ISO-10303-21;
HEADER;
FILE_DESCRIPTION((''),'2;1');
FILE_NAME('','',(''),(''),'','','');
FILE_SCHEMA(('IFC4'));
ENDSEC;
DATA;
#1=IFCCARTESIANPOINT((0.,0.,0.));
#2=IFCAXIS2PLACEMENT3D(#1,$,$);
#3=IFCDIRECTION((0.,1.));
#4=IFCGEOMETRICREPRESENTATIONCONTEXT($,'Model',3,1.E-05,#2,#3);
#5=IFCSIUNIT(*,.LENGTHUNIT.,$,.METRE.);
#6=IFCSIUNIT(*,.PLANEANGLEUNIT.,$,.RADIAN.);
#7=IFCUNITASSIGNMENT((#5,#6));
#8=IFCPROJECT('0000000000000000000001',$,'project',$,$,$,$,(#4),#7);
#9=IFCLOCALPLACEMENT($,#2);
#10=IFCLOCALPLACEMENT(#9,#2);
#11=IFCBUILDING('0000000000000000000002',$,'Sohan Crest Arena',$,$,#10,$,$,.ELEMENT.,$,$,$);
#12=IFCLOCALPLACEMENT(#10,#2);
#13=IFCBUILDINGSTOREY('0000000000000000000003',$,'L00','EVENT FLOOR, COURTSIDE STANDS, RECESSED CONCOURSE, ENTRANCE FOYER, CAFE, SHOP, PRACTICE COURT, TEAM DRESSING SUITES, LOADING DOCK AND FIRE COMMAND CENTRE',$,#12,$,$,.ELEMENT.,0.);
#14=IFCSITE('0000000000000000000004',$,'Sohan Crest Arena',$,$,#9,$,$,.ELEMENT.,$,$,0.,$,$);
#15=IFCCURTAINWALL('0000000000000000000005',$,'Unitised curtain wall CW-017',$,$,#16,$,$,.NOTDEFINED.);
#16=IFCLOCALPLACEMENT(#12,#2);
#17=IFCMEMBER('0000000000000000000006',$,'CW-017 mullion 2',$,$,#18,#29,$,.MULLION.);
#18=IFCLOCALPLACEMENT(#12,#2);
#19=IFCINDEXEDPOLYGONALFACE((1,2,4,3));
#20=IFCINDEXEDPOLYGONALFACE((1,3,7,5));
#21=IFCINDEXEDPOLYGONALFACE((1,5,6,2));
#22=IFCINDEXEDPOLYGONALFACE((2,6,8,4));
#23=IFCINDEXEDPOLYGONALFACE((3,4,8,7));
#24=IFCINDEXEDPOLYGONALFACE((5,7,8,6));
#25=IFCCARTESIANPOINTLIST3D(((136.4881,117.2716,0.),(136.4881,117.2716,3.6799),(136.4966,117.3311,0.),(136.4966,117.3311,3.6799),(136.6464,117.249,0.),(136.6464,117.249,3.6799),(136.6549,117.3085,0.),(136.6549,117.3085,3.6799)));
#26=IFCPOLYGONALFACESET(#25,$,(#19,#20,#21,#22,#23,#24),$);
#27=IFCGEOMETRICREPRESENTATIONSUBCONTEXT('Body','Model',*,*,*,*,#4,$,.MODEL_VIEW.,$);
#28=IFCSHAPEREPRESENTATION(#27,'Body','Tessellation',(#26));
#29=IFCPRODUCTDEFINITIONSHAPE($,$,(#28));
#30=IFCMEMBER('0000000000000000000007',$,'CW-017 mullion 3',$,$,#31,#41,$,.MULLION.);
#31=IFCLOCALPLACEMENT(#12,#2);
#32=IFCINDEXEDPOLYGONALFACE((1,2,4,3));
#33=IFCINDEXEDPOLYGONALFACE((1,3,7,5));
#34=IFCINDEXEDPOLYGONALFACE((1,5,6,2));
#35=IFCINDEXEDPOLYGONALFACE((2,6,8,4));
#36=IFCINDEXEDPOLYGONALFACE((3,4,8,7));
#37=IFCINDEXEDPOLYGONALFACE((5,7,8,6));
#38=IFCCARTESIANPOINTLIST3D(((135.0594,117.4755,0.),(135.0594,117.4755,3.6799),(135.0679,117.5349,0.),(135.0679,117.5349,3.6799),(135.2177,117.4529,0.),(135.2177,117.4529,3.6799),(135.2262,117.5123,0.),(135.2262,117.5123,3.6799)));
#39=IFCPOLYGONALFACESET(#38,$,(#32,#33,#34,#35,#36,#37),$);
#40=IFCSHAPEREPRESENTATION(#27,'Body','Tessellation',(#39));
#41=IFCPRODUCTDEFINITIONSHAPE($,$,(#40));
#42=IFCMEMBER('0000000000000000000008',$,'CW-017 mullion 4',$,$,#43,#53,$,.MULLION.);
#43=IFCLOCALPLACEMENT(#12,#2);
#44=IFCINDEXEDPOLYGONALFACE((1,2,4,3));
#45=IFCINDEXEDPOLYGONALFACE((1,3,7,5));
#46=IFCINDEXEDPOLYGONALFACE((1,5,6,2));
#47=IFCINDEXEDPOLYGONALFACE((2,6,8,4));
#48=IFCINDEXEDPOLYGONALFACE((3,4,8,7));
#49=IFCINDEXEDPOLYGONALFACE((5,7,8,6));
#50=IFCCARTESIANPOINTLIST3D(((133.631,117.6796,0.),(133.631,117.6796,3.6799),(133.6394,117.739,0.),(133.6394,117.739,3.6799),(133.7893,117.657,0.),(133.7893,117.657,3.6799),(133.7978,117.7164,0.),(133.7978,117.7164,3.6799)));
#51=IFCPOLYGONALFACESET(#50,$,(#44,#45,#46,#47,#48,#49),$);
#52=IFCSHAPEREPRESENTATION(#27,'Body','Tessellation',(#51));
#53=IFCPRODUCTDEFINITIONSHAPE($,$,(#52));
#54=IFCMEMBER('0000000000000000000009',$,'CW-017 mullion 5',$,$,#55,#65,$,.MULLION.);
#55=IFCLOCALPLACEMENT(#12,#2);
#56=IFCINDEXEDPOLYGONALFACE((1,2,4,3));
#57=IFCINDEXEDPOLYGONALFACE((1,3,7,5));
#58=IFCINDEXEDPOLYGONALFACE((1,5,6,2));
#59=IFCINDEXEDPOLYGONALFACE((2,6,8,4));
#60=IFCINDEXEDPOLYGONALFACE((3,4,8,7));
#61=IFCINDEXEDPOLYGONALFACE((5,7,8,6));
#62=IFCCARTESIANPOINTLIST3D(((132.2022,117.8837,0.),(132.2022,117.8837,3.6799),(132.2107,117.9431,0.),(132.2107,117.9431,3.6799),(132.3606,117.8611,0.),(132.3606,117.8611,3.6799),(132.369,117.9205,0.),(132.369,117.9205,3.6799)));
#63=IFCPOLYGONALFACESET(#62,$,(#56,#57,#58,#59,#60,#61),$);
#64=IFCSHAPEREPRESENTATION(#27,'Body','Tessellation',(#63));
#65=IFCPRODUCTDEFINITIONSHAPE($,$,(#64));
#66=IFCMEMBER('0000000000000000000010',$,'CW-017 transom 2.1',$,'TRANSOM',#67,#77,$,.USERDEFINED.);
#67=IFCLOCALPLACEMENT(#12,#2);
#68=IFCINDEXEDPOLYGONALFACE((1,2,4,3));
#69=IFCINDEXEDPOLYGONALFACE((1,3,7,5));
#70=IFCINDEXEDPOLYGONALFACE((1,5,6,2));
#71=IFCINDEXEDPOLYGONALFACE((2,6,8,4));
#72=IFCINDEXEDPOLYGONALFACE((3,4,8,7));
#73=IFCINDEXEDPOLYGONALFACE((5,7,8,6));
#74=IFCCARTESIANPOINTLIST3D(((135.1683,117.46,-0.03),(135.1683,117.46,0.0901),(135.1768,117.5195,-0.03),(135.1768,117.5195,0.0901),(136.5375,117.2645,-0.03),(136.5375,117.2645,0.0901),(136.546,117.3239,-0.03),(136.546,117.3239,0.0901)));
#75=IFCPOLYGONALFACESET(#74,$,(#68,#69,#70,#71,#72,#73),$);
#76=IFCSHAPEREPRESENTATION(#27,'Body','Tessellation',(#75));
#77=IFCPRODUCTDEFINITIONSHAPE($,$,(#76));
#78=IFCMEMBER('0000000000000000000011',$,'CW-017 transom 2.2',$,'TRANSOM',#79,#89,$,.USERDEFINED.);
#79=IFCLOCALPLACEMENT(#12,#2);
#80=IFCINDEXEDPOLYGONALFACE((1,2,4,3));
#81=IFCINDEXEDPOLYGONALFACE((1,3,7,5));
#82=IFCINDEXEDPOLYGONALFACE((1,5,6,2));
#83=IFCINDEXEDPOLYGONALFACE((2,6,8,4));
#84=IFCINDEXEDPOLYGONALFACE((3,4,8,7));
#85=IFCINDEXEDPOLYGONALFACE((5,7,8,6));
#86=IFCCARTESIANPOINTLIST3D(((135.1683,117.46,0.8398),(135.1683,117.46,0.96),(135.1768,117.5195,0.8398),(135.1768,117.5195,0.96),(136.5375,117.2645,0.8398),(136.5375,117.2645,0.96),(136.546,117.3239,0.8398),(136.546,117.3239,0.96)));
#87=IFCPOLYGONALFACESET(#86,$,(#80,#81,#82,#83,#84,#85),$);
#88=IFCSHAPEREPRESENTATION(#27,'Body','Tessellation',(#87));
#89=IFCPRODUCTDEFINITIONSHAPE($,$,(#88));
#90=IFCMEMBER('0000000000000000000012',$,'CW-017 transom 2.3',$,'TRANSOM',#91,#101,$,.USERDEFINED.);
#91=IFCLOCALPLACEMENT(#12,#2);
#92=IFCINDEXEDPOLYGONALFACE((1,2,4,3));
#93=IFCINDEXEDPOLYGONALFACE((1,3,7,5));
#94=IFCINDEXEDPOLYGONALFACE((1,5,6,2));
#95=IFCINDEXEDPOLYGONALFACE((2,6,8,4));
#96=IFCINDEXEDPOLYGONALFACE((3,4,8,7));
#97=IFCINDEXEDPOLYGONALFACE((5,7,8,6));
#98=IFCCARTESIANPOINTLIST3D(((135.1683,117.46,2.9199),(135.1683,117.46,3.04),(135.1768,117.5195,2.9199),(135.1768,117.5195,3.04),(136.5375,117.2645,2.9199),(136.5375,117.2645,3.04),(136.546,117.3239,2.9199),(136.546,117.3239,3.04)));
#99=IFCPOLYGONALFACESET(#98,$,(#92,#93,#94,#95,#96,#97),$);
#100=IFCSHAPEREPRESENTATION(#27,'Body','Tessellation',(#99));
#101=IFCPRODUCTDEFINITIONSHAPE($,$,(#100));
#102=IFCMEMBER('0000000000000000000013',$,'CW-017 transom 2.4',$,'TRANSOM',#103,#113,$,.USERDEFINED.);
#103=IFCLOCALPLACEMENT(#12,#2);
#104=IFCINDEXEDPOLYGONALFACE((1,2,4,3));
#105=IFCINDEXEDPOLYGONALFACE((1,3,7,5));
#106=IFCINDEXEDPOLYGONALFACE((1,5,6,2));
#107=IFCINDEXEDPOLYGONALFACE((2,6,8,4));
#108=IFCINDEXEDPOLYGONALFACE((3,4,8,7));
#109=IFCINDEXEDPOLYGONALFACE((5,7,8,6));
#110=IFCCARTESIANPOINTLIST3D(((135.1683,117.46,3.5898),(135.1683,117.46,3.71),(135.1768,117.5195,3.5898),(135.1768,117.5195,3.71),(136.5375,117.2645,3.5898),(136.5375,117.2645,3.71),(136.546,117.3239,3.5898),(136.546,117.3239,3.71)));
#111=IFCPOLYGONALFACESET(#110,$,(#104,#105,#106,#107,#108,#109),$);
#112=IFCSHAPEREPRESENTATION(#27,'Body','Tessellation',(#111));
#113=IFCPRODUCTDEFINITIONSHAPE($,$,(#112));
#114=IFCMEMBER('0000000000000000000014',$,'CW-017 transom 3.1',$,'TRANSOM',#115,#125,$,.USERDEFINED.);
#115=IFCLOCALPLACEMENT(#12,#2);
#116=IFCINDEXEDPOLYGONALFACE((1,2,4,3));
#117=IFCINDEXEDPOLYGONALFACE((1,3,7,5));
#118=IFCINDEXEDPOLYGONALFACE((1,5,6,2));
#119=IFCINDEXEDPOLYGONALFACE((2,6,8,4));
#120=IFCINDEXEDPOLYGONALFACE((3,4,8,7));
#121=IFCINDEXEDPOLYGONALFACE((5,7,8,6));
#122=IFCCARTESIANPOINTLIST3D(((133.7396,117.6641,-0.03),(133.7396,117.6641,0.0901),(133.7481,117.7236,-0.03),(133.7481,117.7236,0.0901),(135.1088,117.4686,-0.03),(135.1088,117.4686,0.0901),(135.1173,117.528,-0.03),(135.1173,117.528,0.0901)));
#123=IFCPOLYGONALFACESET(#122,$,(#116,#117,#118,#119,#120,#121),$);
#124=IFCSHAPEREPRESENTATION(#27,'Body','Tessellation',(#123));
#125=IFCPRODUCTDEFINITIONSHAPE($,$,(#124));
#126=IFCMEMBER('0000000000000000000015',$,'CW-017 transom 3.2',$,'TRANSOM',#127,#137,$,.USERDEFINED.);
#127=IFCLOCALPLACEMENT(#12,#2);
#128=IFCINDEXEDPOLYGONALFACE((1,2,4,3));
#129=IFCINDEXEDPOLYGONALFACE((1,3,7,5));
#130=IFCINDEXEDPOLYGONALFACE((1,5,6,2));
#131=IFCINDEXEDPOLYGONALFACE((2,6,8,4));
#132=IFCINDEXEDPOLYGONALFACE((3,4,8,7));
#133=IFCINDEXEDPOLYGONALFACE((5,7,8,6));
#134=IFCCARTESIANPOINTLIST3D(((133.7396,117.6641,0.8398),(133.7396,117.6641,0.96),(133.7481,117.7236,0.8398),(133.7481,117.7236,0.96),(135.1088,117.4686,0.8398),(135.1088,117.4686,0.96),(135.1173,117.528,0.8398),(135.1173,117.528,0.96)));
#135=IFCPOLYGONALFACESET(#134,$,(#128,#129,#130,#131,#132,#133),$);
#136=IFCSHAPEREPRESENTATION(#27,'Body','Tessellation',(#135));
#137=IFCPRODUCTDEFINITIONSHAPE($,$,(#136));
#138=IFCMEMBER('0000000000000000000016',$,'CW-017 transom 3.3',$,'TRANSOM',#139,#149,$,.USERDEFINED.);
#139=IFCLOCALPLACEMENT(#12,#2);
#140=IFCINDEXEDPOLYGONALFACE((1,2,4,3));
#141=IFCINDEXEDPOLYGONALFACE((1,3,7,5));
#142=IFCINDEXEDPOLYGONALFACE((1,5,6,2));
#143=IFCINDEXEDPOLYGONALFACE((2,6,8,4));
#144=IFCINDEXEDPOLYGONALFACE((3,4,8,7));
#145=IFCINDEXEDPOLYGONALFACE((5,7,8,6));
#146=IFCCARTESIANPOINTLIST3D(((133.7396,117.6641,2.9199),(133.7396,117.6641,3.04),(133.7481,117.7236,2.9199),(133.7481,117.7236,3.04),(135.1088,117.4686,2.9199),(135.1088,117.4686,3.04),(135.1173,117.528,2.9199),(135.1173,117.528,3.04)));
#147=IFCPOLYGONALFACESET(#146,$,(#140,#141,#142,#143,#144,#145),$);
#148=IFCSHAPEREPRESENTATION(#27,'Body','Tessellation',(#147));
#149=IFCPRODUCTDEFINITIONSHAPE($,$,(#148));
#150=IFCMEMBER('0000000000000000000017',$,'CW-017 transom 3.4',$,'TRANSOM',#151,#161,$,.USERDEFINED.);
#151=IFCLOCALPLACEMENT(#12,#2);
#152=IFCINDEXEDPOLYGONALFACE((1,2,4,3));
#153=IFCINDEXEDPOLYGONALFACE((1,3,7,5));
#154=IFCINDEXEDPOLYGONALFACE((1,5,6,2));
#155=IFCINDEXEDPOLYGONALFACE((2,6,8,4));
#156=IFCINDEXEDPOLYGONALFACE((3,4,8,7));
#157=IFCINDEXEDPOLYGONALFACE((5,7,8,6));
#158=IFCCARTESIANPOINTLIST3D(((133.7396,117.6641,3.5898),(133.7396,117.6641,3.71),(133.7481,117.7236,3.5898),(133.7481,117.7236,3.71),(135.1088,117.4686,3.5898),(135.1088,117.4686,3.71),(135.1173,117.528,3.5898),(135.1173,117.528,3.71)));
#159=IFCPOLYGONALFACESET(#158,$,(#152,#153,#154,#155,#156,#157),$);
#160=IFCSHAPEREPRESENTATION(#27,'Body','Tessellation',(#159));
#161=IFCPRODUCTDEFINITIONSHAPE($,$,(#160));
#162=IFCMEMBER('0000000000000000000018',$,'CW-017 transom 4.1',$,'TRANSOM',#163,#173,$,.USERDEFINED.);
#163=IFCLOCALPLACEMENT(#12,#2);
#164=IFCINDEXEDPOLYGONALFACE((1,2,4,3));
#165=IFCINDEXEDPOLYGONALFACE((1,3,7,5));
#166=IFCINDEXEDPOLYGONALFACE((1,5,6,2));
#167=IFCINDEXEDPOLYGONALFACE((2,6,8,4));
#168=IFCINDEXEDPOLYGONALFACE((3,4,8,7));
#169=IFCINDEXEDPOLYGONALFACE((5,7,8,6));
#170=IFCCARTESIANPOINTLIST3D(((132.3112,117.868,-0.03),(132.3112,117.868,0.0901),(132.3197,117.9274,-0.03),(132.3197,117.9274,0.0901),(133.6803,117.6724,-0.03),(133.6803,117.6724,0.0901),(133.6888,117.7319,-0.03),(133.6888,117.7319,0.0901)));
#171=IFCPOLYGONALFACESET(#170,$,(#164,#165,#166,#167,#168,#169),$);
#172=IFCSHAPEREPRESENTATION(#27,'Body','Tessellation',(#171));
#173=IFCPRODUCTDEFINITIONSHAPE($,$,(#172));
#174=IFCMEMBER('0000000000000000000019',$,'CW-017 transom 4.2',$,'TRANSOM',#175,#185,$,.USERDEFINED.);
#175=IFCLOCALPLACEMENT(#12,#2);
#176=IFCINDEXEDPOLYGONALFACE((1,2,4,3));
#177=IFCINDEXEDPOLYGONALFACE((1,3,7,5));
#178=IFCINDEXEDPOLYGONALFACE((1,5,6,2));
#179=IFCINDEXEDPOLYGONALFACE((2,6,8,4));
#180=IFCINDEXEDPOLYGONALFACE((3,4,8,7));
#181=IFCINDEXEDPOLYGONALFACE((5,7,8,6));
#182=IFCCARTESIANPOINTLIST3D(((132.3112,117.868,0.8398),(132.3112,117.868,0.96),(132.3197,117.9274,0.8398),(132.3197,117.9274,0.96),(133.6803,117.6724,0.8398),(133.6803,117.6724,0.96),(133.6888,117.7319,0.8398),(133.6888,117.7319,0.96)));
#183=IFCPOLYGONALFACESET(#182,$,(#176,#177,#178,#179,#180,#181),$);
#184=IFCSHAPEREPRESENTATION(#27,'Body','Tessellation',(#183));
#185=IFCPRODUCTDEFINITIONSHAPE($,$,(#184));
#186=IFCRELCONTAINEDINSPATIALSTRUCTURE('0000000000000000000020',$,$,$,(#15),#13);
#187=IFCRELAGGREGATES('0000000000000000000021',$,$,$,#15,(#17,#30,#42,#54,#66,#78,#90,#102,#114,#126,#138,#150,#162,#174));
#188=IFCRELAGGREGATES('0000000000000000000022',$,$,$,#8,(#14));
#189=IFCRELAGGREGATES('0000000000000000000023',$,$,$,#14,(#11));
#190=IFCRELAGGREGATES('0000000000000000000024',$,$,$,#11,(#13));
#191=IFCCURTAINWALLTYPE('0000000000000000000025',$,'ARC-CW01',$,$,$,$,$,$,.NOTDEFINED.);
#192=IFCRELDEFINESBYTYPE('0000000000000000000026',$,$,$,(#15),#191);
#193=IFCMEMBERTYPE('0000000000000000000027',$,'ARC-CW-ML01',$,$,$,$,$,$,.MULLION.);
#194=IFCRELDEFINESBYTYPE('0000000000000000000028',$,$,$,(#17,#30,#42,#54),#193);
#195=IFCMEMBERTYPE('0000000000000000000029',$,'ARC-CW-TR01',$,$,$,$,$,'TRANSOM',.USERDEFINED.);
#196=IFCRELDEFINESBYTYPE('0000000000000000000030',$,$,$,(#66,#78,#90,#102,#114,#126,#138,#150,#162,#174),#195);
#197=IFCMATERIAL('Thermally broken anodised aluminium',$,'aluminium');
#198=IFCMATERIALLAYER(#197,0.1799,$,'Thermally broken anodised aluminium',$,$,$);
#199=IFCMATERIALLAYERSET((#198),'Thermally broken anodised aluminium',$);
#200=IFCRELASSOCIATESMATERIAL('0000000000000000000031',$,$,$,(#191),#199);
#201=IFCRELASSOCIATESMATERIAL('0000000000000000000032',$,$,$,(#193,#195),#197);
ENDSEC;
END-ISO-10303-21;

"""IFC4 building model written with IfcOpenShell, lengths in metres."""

from ifc_helpers import new_model, si_unit, direction, frame, origin, origin_2d, place, context, subcontext, project, spatial, rectangle, extrude, material, layer, layer_set, material_profile, profile_set, type_object, element, aggregate, save


model = new_model("IFC4")

# Units and contexts
model_context = context("Model", 3, precision=1e-05, world=origin(), true_north=direction((0.0, 1.0)))
body_context = subcontext(model_context, "Body", "Model", "MODEL_VIEW")
ifc_project = project(units=[si_unit("LENGTHUNIT", "METRE"), si_unit("PLANEANGLEUNIT", "RADIAN")], contexts=[model_context])

# Site, building, storey
site_placement = place(None, origin())
site = spatial("IfcSite", under=ifc_project, at=site_placement, Name="Sohan Crest Arena", CompositionType="ELEMENT", RefElevation=0.0)
building_placement = place(site_placement, origin())
building = spatial("IfcBuilding", under=site, at=building_placement, Name="Sohan Crest Arena", CompositionType="ELEMENT")
storey_placement = place(building_placement, origin())
storey = spatial("IfcBuildingStorey", under=building, at=storey_placement, Name="L00", Description="EVENT FLOOR, COURTSIDE STANDS, RECESSED CONCOURSE, ENTRANCE FOYER, CAFE, SHOP, PRACTICE COURT, TEAM DRESSING SUITES, LOADING DOCK AND FIRE COMMAND CENTRE", CompositionType="ELEMENT", Elevation=0.0)

# Curtain wall, members
ifc_material_1 = material(Name="Thermally broken anodised aluminium", Category="aluminium")
ifc_layer_1 = layer(ifc_material_1, 0.1799, Name="Thermally broken anodised aluminium")
ifc_layer_set_1 = layer_set([ifc_layer_1], Name="Thermally broken anodised aluminium")
curtain_wall_type = type_object("IfcCurtainWallType", Name="ARC-CW01", PredefinedType="NOTDEFINED", material=ifc_layer_set_1)
curtain_wall_placement = place(storey_placement, origin())
curtain_wall = element("IfcCurtainWall", 1, at=curtain_wall_placement, inside=storey, type_object=curtain_wall_type, Name="Unitised curtain wall CW-017", PredefinedType="NOTDEFINED")
ifc_material_profile_1 = material_profile(ifc_material_1, rectangle(XDim=0.0601, YDim=0.1599, at=origin_2d()), Name="ALU-MULL 60x160")
ifc_profile_set_1 = profile_set([ifc_material_profile_1], Name="Thermally broken anodised aluminium")
member_type_1 = type_object("IfcMemberType", Name="ARC-CW-ML01", PredefinedType="MULLION", material=ifc_profile_set_1)
member_1_placement = place(storey_placement, frame((136.5715, 117.29, 0.0), z_axis=(0.0, 0.0, 1.0), x_axis=(-0.141366, -0.989957, 0.0)))
member_1 = element("IfcMember", 2, at=member_1_placement, type_object=member_type_1, Name="CW-017 mullion 2", PredefinedType="MULLION", context=body_context, shape_type="SweptSolid", body=[
    extrude(rectangle(XDim=0.0601, YDim=0.1599, at=origin_2d()), origin(), (0.0, 0.0, 1.0), 3.6799),
])
member_2_placement = place(storey_placement, frame((135.1428, 117.4939, 0.0), z_axis=(0.0, 0.0, 1.0), x_axis=(-0.141366, -0.989957, 0.0)))
member_2 = element("IfcMember", 3, at=member_2_placement, type_object=member_type_1, Name="CW-017 mullion 3", PredefinedType="MULLION", context=body_context, shape_type="SweptSolid", body=[
    extrude(rectangle(XDim=0.0601, YDim=0.1599, at=origin_2d()), origin(), (0.0, 0.0, 1.0), 3.6799),
])
member_3_placement = place(storey_placement, frame((133.7144, 117.698, 0.0), z_axis=(0.0, 0.0, 1.0), x_axis=(-0.141366, -0.989957, 0.0)))
member_3 = element("IfcMember", 4, at=member_3_placement, type_object=member_type_1, Name="CW-017 mullion 4", PredefinedType="MULLION", context=body_context, shape_type="SweptSolid", body=[
    extrude(rectangle(XDim=0.0601, YDim=0.1599, at=origin_2d()), origin(), (0.0, 0.0, 1.0), 3.6799),
])
member_4_placement = place(storey_placement, frame((132.2856, 117.9021, 0.0), z_axis=(0.0, 0.0, 1.0), x_axis=(-0.141366, -0.989957, 0.0)))
member_4 = element("IfcMember", 5, at=member_4_placement, type_object=member_type_1, Name="CW-017 mullion 5", PredefinedType="MULLION", context=body_context, shape_type="SweptSolid", body=[
    extrude(rectangle(XDim=0.0601, YDim=0.1599, at=origin_2d()), origin(), (0.0, 0.0, 1.0), 3.6799),
])
ifc_material_profile_2 = material_profile(ifc_material_1, rectangle(XDim=0.0601, YDim=0.1201, at=origin_2d()), Name="ALU-TRAN 60x120")
ifc_profile_set_2 = profile_set([ifc_material_profile_2], Name="Thermally broken anodised aluminium")
member_type_2 = type_object("IfcMemberType", Name="ARC-CW-TR01", ElementType="TRANSOM", PredefinedType="USERDEFINED", material=ifc_profile_set_2)
member_5_placement = place(storey_placement, frame((136.5417, 117.2942, 0.03), z_axis=(-0.989953, 0.141397, 0.0), x_axis=(-0.141397, -0.989953, 0.0)))
member_5 = element("IfcMember", 6, at=member_5_placement, type_object=member_type_2, Name="CW-017 transom 2.1", ObjectType="TRANSOM", PredefinedType="USERDEFINED", context=body_context, shape_type="SweptSolid", body=[
    extrude(rectangle(XDim=0.0601, YDim=0.1201, at=origin_2d()), origin(), (0.0, 0.0, 1.0), 1.3831),
])
member_6_placement = place(storey_placement, frame((136.5417, 117.2942, 0.8999), z_axis=(-0.989953, 0.141397, 0.0), x_axis=(-0.141397, -0.989953, 0.0)))
member_6 = element("IfcMember", 7, at=member_6_placement, type_object=member_type_2, Name="CW-017 transom 2.2", ObjectType="TRANSOM", PredefinedType="USERDEFINED", context=body_context, shape_type="SweptSolid", body=[
    extrude(rectangle(XDim=0.0601, YDim=0.1201, at=origin_2d()), origin(), (0.0, 0.0, 1.0), 1.3831),
])
member_7_placement = place(storey_placement, frame((136.5417, 117.2942, 2.98), z_axis=(-0.989953, 0.141397, 0.0), x_axis=(-0.141397, -0.989953, 0.0)))
member_7 = element("IfcMember", 8, at=member_7_placement, type_object=member_type_2, Name="CW-017 transom 2.3", ObjectType="TRANSOM", PredefinedType="USERDEFINED", context=body_context, shape_type="SweptSolid", body=[
    extrude(rectangle(XDim=0.0601, YDim=0.1201, at=origin_2d()), origin(), (0.0, 0.0, 1.0), 1.3831),
])
member_8_placement = place(storey_placement, frame((136.5417, 117.2942, 3.6499), z_axis=(-0.989953, 0.141397, 0.0), x_axis=(-0.141397, -0.989953, 0.0)))
member_8 = element("IfcMember", 9, at=member_8_placement, type_object=member_type_2, Name="CW-017 transom 2.4", ObjectType="TRANSOM", PredefinedType="USERDEFINED", context=body_context, shape_type="SweptSolid", body=[
    extrude(rectangle(XDim=0.0601, YDim=0.1201, at=origin_2d()), origin(), (0.0, 0.0, 1.0), 1.3831),
])
member_9_placement = place(storey_placement, frame((135.113, 117.4983, 0.03), z_axis=(-0.989953, 0.141397, 0.0), x_axis=(-0.141397, -0.989953, 0.0)))
member_9 = element("IfcMember", 10, at=member_9_placement, type_object=member_type_2, Name="CW-017 transom 3.1", ObjectType="TRANSOM", PredefinedType="USERDEFINED", context=body_context, shape_type="SweptSolid", body=[
    extrude(rectangle(XDim=0.0601, YDim=0.1201, at=origin_2d()), origin(), (0.0, 0.0, 1.0), 1.3831),
])
member_10_placement = place(storey_placement, frame((135.113, 117.4983, 0.8999), z_axis=(-0.989953, 0.141397, 0.0), x_axis=(-0.141397, -0.989953, 0.0)))
member_10 = element("IfcMember", 11, at=member_10_placement, type_object=member_type_2, Name="CW-017 transom 3.2", ObjectType="TRANSOM", PredefinedType="USERDEFINED", context=body_context, shape_type="SweptSolid", body=[
    extrude(rectangle(XDim=0.0601, YDim=0.1201, at=origin_2d()), origin(), (0.0, 0.0, 1.0), 1.3831),
])
member_11_placement = place(storey_placement, frame((135.113, 117.4983, 2.98), z_axis=(-0.989953, 0.141397, 0.0), x_axis=(-0.141397, -0.989953, 0.0)))
member_11 = element("IfcMember", 12, at=member_11_placement, type_object=member_type_2, Name="CW-017 transom 3.3", ObjectType="TRANSOM", PredefinedType="USERDEFINED", context=body_context, shape_type="SweptSolid", body=[
    extrude(rectangle(XDim=0.0601, YDim=0.1201, at=origin_2d()), origin(), (0.0, 0.0, 1.0), 1.3831),
])
member_12_placement = place(storey_placement, frame((135.113, 117.4983, 3.6499), z_axis=(-0.989953, 0.141397, 0.0), x_axis=(-0.141397, -0.989953, 0.0)))
member_12 = element("IfcMember", 13, at=member_12_placement, type_object=member_type_2, Name="CW-017 transom 3.4", ObjectType="TRANSOM", PredefinedType="USERDEFINED", context=body_context, shape_type="SweptSolid", body=[
    extrude(rectangle(XDim=0.0601, YDim=0.1201, at=origin_2d()), origin(), (0.0, 0.0, 1.0), 1.3831),
])
member_13_placement = place(storey_placement, frame((133.6846, 117.7021, 0.03), z_axis=(-0.989953, 0.141397, 0.0), x_axis=(-0.141397, -0.989953, 0.0)))
member_13 = element("IfcMember", 14, at=member_13_placement, type_object=member_type_2, Name="CW-017 transom 4.1", ObjectType="TRANSOM", PredefinedType="USERDEFINED", context=body_context, shape_type="SweptSolid", body=[
    extrude(rectangle(XDim=0.0601, YDim=0.1201, at=origin_2d()), origin(), (0.0, 0.0, 1.0), 1.3831),
])
member_14_placement = place(storey_placement, frame((133.6846, 117.7021, 0.8999), z_axis=(-0.989953, 0.141397, 0.0), x_axis=(-0.141397, -0.989953, 0.0)))
member_14 = element("IfcMember", 15, at=member_14_placement, type_object=member_type_2, Name="CW-017 transom 4.2", ObjectType="TRANSOM", PredefinedType="USERDEFINED", context=body_context, shape_type="SweptSolid", body=[
    extrude(rectangle(XDim=0.0601, YDim=0.1201, at=origin_2d()), origin(), (0.0, 0.0, 1.0), 1.3831),
])
aggregate(curtain_wall, [member_1, member_2, member_3, member_4, member_5, member_6, member_7, member_8, member_9, member_10, member_11, member_12, member_13, member_14])

save(model, "model.ifc")
